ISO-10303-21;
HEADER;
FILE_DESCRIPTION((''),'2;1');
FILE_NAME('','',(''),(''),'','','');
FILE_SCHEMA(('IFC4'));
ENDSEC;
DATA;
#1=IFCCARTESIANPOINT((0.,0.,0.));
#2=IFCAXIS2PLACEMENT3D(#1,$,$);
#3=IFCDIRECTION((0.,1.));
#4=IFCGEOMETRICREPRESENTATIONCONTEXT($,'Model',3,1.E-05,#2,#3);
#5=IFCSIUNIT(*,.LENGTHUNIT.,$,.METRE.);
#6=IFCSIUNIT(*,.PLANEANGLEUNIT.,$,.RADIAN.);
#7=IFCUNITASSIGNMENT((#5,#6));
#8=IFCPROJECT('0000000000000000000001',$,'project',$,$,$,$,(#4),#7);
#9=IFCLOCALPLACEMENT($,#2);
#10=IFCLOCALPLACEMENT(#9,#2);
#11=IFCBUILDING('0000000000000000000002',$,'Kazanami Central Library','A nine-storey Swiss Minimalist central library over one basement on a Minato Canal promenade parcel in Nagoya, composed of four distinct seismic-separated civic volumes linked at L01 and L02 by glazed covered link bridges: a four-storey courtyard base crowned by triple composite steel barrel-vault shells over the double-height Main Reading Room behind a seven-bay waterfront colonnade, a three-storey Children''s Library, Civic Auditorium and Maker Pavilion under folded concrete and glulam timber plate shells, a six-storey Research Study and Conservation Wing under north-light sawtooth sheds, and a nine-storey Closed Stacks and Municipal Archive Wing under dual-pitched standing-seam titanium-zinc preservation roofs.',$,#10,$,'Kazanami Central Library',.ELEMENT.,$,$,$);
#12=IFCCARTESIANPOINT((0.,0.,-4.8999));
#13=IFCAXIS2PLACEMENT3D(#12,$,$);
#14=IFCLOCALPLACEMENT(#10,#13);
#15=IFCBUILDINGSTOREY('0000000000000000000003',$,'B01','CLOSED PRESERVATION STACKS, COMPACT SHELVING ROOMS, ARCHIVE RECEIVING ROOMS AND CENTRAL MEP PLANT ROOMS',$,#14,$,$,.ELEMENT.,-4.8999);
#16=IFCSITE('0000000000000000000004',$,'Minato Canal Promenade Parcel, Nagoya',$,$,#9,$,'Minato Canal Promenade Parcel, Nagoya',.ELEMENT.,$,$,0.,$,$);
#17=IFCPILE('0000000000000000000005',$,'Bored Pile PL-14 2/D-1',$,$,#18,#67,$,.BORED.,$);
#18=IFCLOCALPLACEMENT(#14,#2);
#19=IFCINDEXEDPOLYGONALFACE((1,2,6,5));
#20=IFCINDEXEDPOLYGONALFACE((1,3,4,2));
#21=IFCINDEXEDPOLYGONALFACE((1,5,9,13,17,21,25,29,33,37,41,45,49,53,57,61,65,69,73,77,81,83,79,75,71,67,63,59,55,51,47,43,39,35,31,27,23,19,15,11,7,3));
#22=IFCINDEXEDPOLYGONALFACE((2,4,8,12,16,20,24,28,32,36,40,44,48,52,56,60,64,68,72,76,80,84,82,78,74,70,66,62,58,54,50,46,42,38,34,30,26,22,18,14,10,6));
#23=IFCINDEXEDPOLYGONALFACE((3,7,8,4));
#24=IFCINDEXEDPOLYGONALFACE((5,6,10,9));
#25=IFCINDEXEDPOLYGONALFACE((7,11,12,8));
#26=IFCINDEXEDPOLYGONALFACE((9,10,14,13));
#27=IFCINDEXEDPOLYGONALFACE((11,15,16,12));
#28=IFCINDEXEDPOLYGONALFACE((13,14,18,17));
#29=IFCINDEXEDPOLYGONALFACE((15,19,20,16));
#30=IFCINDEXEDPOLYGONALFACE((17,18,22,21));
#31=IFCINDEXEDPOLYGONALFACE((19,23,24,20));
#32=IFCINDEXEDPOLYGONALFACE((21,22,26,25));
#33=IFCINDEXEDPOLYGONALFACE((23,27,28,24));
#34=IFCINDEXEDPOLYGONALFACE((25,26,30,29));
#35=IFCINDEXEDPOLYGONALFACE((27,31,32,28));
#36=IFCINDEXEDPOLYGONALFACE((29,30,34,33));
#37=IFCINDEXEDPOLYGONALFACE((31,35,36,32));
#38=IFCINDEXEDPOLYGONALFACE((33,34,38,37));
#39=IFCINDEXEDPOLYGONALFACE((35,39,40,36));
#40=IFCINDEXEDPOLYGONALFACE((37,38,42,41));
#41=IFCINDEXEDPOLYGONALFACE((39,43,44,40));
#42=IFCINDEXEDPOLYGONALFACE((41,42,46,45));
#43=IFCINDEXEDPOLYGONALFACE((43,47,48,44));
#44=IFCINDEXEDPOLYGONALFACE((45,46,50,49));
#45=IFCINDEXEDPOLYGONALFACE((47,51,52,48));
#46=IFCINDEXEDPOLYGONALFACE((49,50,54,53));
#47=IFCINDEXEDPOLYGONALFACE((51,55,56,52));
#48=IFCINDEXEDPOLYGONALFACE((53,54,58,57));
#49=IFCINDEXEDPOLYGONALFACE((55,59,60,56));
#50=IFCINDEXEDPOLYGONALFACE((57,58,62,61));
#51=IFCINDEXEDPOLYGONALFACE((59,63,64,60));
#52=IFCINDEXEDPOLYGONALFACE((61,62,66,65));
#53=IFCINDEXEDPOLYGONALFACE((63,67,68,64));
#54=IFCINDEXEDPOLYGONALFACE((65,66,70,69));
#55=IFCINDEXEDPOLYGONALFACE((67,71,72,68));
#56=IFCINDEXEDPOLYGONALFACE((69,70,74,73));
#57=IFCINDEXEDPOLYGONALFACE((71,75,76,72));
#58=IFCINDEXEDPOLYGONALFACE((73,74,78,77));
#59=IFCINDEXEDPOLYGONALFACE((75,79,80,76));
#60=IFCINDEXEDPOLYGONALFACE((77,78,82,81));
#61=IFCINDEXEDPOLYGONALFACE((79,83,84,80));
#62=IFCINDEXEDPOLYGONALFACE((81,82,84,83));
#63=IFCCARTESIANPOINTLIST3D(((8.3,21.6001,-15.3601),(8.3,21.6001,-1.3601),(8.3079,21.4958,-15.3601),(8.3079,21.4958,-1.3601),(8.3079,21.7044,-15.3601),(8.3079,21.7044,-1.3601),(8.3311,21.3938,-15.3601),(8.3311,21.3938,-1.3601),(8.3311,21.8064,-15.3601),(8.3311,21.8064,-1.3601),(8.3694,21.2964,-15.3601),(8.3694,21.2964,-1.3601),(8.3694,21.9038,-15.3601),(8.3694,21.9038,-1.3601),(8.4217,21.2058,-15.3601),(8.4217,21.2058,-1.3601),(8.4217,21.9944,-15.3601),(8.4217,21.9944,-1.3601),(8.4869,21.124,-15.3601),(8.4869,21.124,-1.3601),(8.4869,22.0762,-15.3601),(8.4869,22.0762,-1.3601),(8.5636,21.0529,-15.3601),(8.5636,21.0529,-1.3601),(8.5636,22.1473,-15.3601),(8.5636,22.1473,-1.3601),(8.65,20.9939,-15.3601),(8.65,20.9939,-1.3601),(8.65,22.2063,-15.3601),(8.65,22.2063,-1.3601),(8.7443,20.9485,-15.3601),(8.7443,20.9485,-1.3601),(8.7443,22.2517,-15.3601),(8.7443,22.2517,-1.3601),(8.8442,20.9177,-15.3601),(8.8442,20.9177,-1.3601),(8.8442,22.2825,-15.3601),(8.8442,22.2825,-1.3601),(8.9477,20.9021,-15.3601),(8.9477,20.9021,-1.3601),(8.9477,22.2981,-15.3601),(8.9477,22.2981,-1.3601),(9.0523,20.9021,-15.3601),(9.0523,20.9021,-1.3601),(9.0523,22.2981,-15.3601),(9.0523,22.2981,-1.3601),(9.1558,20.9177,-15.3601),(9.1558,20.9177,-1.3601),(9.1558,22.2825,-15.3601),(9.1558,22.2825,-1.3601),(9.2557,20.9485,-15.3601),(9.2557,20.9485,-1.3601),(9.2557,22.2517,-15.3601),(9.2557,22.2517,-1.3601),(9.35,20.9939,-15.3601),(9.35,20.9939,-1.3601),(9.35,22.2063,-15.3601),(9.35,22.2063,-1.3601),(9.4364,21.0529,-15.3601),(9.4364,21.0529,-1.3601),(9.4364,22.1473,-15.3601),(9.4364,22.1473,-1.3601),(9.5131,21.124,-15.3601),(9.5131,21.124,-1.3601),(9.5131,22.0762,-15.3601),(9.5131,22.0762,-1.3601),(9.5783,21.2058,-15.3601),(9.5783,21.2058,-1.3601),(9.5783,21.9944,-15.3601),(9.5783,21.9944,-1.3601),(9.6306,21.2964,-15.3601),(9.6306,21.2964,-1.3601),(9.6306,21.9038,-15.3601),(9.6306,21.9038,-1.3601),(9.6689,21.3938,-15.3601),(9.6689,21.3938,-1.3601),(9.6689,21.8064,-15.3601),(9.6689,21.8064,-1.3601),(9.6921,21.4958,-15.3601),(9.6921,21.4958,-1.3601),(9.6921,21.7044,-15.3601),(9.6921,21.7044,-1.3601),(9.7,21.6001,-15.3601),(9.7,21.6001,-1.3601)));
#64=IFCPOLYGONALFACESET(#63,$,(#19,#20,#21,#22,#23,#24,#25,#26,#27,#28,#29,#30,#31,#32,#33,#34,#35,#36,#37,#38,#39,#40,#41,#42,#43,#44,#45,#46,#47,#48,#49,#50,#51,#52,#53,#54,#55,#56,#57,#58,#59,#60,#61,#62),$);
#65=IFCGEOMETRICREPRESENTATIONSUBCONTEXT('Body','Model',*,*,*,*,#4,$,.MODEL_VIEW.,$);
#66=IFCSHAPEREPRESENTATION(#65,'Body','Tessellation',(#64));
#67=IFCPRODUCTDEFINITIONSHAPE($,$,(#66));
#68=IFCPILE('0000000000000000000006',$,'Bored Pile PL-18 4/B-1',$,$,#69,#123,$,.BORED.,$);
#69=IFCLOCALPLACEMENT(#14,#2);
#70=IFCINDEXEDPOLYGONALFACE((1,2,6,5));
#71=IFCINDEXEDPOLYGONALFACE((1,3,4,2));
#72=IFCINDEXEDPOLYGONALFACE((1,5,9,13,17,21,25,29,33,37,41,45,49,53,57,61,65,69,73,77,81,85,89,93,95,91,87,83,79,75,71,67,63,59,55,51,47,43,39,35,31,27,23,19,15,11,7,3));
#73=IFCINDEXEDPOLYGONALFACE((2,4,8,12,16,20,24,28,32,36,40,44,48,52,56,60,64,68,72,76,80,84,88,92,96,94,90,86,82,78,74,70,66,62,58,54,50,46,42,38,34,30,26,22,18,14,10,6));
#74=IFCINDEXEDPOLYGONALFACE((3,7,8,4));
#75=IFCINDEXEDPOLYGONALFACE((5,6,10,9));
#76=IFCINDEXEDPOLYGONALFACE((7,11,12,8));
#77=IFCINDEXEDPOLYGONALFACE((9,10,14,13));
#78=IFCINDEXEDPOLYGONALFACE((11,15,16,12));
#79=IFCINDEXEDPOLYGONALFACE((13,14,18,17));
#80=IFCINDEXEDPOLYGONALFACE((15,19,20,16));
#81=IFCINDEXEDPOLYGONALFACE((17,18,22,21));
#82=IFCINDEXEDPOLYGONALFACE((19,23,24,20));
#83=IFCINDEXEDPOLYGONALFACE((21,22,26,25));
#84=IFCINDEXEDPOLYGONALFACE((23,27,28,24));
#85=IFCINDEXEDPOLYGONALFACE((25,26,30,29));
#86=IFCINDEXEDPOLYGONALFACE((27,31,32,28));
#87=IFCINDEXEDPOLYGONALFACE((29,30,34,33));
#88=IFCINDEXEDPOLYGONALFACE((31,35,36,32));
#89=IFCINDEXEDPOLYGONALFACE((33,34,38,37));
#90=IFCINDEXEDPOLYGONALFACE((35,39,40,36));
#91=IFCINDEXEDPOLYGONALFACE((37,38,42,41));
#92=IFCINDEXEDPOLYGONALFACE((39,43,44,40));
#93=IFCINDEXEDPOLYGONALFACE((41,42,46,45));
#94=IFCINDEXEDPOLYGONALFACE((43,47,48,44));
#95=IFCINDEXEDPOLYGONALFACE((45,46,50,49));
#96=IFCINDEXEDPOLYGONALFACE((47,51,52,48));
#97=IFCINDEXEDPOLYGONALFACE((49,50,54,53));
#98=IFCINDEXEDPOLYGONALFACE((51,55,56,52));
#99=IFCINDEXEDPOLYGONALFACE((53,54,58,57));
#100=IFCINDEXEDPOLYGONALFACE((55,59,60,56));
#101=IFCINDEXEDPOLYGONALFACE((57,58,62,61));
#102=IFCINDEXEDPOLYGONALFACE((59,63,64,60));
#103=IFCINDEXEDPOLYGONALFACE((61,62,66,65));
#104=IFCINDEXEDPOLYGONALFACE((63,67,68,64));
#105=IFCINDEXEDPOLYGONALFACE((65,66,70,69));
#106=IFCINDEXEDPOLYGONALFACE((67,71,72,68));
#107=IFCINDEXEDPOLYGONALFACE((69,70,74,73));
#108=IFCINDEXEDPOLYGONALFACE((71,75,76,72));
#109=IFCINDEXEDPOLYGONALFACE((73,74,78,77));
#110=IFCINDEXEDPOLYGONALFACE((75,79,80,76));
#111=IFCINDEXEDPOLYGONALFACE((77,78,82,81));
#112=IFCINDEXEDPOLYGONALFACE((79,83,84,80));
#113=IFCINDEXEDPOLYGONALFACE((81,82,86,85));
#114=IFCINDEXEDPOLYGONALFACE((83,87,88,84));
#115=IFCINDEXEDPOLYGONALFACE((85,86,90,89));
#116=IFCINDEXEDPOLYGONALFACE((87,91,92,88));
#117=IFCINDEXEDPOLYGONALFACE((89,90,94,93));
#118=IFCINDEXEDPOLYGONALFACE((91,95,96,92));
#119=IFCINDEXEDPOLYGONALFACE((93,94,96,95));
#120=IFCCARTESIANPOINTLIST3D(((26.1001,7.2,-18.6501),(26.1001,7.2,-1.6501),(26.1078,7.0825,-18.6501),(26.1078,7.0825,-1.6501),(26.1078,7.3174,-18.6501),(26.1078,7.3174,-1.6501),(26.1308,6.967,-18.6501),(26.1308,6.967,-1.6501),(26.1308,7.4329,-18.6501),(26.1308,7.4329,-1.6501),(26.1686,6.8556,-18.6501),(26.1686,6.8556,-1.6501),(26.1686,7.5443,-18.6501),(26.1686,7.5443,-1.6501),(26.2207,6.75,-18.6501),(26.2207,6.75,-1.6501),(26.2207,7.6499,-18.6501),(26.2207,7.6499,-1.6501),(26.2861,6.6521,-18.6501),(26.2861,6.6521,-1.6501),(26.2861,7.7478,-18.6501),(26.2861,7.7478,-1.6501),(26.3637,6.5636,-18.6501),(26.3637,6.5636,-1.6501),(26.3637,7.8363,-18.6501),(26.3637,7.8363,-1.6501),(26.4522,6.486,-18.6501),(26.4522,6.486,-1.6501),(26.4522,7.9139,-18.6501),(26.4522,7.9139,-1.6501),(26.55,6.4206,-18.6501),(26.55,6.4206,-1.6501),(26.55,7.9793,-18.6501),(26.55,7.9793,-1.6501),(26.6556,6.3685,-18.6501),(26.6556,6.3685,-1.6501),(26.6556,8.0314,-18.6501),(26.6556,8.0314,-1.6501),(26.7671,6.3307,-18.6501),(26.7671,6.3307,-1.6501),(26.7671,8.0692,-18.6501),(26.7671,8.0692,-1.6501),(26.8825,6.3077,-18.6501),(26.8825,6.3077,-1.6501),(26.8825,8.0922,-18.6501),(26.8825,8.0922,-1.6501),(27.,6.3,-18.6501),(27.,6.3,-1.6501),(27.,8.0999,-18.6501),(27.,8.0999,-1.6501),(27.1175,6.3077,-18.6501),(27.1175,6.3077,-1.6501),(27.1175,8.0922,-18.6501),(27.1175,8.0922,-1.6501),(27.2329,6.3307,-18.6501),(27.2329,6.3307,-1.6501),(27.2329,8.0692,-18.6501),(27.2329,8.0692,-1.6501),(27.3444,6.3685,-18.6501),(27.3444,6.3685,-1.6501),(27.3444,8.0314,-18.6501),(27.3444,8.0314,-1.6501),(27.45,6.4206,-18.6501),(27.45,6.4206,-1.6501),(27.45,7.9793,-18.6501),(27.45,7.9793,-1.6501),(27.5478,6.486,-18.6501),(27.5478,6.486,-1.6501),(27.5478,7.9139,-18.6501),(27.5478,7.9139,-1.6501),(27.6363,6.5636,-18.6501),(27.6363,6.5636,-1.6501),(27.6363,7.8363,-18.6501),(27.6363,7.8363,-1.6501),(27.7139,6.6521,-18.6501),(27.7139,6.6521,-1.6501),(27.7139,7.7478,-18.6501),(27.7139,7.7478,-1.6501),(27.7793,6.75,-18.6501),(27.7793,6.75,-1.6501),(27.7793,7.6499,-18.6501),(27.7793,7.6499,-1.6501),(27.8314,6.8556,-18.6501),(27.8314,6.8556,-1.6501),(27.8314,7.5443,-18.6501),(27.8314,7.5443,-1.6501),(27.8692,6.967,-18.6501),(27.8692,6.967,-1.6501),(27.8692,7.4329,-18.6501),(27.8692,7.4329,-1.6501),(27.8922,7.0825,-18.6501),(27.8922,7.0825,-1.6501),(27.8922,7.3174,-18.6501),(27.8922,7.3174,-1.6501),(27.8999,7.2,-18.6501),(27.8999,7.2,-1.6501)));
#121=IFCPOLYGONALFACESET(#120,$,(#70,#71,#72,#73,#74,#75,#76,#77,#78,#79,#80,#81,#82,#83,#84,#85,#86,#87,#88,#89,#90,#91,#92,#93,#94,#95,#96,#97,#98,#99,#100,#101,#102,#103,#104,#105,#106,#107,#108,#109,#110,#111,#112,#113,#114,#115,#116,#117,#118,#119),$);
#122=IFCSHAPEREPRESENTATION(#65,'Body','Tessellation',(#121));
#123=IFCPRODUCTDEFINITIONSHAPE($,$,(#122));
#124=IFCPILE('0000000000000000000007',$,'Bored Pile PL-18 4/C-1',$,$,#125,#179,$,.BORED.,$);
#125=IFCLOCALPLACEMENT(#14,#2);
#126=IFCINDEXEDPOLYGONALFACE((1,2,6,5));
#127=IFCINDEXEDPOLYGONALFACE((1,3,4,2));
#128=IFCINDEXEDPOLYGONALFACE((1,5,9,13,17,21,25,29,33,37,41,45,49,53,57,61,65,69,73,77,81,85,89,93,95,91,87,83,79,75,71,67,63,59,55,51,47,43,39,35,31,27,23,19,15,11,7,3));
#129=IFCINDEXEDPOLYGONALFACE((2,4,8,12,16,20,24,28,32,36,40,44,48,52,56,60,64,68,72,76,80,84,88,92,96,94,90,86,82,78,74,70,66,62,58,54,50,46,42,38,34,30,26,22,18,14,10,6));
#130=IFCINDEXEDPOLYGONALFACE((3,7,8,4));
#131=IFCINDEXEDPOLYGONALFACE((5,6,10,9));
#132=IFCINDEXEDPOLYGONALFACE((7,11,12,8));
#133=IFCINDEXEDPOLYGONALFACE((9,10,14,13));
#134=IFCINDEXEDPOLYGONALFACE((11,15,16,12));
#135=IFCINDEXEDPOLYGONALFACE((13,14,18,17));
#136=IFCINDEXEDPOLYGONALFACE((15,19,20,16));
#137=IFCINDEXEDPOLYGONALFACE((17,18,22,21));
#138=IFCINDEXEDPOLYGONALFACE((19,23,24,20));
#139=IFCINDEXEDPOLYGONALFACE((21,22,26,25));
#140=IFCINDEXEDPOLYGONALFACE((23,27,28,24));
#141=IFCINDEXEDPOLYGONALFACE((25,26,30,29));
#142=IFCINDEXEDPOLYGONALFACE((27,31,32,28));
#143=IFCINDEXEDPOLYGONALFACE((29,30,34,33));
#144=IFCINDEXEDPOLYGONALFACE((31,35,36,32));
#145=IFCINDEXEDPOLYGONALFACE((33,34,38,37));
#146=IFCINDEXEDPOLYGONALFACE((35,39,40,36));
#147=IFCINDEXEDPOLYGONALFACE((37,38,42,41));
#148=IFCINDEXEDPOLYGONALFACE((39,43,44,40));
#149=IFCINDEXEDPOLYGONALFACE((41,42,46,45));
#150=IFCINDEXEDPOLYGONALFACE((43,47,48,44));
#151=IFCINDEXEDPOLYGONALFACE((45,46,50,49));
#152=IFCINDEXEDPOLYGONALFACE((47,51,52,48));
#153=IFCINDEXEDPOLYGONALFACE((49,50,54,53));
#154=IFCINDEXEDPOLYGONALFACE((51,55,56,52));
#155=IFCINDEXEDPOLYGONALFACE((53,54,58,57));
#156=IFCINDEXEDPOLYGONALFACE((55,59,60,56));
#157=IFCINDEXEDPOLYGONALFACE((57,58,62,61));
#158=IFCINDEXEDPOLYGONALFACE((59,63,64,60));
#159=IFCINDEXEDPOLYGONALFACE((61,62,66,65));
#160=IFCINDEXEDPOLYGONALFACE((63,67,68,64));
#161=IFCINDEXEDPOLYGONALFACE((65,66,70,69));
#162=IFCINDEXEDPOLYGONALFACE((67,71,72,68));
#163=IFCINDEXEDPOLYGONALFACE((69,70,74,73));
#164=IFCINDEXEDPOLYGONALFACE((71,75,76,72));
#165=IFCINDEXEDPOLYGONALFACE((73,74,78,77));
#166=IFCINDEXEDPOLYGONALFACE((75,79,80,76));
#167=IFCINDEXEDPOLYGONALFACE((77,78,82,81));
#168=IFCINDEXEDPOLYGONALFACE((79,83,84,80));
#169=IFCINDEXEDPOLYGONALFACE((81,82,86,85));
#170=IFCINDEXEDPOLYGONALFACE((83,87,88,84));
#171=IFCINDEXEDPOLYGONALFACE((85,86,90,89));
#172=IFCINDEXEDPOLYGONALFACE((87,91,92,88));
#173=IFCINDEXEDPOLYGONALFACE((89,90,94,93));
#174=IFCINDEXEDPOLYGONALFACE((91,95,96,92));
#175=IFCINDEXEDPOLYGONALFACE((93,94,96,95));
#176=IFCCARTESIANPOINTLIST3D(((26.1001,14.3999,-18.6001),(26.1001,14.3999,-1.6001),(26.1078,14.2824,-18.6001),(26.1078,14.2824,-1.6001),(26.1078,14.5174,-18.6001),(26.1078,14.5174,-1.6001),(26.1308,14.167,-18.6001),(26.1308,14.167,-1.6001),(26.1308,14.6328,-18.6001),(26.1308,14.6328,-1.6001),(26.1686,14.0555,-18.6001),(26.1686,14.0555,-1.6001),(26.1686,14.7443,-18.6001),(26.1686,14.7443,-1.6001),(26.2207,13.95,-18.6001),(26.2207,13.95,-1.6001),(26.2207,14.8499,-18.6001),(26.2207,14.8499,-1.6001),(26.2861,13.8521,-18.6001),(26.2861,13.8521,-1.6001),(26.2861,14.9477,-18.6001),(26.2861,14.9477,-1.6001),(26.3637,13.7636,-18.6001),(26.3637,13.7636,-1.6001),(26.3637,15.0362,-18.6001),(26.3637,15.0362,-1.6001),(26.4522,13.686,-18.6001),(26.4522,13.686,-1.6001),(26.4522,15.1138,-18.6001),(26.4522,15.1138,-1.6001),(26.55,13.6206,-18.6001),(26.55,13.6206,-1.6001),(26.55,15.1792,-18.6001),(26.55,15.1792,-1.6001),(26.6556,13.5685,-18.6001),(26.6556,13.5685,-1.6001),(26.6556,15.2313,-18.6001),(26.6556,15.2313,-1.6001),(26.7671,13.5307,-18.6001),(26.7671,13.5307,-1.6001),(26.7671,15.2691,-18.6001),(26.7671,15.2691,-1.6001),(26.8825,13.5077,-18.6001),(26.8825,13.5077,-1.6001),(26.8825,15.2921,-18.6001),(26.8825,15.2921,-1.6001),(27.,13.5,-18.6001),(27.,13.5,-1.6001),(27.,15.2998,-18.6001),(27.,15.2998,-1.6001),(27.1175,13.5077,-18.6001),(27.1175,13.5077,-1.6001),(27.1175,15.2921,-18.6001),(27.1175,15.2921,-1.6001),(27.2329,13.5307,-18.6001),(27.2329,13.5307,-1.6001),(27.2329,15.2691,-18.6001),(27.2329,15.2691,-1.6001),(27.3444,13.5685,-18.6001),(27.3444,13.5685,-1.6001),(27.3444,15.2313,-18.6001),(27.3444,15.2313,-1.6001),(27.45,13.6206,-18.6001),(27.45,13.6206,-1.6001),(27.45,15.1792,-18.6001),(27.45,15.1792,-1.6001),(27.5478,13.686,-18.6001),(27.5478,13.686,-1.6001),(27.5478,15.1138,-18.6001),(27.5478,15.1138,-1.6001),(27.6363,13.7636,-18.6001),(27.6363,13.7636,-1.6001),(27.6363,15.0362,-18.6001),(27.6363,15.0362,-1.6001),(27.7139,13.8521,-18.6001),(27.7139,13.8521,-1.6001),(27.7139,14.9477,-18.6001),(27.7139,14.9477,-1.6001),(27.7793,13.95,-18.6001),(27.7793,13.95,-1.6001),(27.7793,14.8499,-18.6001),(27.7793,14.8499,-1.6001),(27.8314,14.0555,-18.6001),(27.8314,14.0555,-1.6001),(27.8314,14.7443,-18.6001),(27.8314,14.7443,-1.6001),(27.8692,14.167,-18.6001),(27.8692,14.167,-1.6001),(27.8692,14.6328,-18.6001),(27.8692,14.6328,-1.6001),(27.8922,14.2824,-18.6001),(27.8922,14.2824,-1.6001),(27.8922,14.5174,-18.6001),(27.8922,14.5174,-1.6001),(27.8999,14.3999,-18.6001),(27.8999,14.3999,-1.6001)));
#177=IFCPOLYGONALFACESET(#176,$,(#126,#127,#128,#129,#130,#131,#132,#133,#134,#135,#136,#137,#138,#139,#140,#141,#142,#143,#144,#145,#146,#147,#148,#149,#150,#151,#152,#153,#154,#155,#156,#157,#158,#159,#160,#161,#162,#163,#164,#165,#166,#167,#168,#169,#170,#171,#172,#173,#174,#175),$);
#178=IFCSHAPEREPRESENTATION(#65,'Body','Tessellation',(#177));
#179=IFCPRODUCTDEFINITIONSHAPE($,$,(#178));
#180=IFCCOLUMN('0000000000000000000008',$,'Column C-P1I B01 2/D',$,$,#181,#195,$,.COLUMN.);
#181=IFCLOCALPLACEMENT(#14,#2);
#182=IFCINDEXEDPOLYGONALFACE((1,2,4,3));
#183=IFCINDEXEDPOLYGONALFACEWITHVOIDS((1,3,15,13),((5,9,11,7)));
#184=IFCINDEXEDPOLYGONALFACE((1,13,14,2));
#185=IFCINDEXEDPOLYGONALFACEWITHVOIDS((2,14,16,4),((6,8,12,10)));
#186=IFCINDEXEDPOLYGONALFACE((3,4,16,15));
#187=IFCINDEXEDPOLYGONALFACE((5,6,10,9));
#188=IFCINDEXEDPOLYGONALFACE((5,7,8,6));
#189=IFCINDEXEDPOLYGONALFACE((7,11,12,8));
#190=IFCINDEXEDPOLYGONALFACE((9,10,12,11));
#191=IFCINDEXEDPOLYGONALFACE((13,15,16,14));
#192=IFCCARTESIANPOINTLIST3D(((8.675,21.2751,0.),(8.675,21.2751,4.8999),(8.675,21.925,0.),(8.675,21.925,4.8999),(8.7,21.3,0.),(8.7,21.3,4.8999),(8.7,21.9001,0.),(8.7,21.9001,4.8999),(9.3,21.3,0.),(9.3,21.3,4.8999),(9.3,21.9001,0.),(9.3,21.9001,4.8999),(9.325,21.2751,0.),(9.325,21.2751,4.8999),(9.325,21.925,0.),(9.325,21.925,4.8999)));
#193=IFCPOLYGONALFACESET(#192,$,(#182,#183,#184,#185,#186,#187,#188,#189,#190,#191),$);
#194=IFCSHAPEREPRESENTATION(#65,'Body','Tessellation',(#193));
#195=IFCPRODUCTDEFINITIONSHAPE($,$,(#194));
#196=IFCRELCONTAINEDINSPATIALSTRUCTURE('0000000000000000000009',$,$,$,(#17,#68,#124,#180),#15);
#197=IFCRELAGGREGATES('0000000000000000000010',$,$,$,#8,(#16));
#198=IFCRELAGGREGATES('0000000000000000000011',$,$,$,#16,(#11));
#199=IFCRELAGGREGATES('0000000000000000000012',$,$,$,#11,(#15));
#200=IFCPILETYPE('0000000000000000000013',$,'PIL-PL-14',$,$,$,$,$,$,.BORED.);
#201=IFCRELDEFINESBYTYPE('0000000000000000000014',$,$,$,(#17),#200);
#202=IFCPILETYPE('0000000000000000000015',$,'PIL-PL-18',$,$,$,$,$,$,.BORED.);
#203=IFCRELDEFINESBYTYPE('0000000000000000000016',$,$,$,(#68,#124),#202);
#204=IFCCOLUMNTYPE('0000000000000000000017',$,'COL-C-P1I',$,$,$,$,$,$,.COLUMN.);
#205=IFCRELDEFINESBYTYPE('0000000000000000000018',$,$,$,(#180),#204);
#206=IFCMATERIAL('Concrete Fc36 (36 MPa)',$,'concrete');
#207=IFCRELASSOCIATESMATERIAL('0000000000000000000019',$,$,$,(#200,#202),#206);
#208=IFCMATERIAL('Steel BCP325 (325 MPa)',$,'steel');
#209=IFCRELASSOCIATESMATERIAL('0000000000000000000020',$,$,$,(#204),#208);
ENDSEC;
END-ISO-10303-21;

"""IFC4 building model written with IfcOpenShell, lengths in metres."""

from ifc_helpers import new_model, si_unit, direction, frame, origin, origin_2d, place, context, subcontext, project, spatial, hollow_rectangle, circle, extrude, material, material_profile, profile_set, type_object, element, save


model = new_model("IFC4")

# Units and contexts
model_context = context("Model", 3, precision=1e-05, world=origin(), true_north=direction((0.0, 1.0)))
body_context = subcontext(model_context, "Body", "Model", "MODEL_VIEW")
ifc_project = project(units=[si_unit("LENGTHUNIT", "METRE"), si_unit("PLANEANGLEUNIT", "RADIAN")], contexts=[model_context])

# Site, building, storey
site_placement = place(None, origin())
site = spatial("IfcSite", under=ifc_project, at=site_placement, Name="Minato Canal Promenade Parcel, Nagoya", LongName="Minato Canal Promenade Parcel, Nagoya", CompositionType="ELEMENT", RefElevation=0.0)
building_placement = place(site_placement, origin())
building = spatial("IfcBuilding", under=site, at=building_placement, Name="Kazanami Central Library", Description="A nine-storey Swiss Minimalist central library over one basement on a Minato Canal promenade parcel in Nagoya, composed of four distinct seismic-separated civic volumes linked at L01 and L02 by glazed covered link bridges: a four-storey courtyard base crowned by triple composite steel barrel-vault shells over the double-height Main Reading Room behind a seven-bay waterfront colonnade, a three-storey Children's Library, Civic Auditorium and Maker Pavilion under folded concrete and glulam timber plate shells, a six-storey Research Study and Conservation Wing under north-light sawtooth sheds, and a nine-storey Closed Stacks and Municipal Archive Wing under dual-pitched standing-seam titanium-zinc preservation roofs.", LongName="Kazanami Central Library", CompositionType="ELEMENT")
storey_placement = place(building_placement, frame((0.0, 0.0, -4.8999)))
storey = spatial("IfcBuildingStorey", under=building, at=storey_placement, Name="B01", Description="CLOSED PRESERVATION STACKS, COMPACT SHELVING ROOMS, ARCHIVE RECEIVING ROOMS AND CENTRAL MEP PLANT ROOMS", CompositionType="ELEMENT", Elevation=-4.8999)

# Shared definitions
ifc_material_1 = material(Name="Concrete Fc36 (36 MPa)", Category="concrete")

# Piles
ifc_material_profile_1 = material_profile(ifc_material_1, circle(Radius=0.7, at=origin_2d()), Name="BORED-D1400")
ifc_profile_set_1 = profile_set([ifc_material_profile_1], Name="Concrete Fc36 (36 MPa)")
pile_type_1 = type_object("IfcPileType", Name="PIL-PL-14", PredefinedType="BORED", material=ifc_profile_set_1)
pile_1_placement = place(storey_placement, frame((9.0, 21.6001, -1.3601), z_axis=(0.0, 0.0, -1.0), x_axis=(1.0, 0.0, 0.0)))
element("IfcPile", 1, at=pile_1_placement, inside=storey, type_object=pile_type_1, Name="Bored Pile PL-14 2/D-1", PredefinedType="BORED", context=body_context, shape_type="SweptSolid", body=[
    extrude(circle(Radius=0.7, at=origin_2d()), origin(), (0.0, 0.0, 1.0), 14.0),
])
ifc_material_profile_2 = material_profile(ifc_material_1, circle(Radius=0.8999, at=origin_2d()), Name="BORED-D1800")
ifc_profile_set_2 = profile_set([ifc_material_profile_2], Name="Concrete Fc36 (36 MPa)")
pile_type_2 = type_object("IfcPileType", Name="PIL-PL-18", PredefinedType="BORED", material=ifc_profile_set_2)
for number, where, z_axis, x_axis, name in (
    (2, (27.0, 7.2, -1.6501), (0.0, 0.0, -1.0), (1.0, 0.0, 0.0), "Bored Pile PL-18 4/B-1"),
    (3, (27.0, 14.3999, -1.6001), (0.0, 0.0, -1.0), (1.0, 0.0, 0.0), "Bored Pile PL-18 4/C-1"),
):
    element("IfcPile", number, at=place(storey_placement, frame(where, z_axis=z_axis, x_axis=x_axis)), inside=storey, type_object=pile_type_2, Name=name, PredefinedType="BORED", context=body_context, shape_type="SweptSolid", body=[
        extrude(circle(Radius=0.8999, at=origin_2d()), origin(), (0.0, 0.0, 1.0), 17.0),
    ])

# Column
ifc_material_2 = material(Name="Steel BCP325 (325 MPa)", Category="steel")
ifc_material_profile_3 = material_profile(ifc_material_2, hollow_rectangle(XDim=0.6499, YDim=0.6499, WallThickness=0.0249, at=origin_2d()), Name="BCP-650x650x25")
ifc_profile_set_3 = profile_set([ifc_material_profile_3], Name="Steel BCP325 (325 MPa)")
column_type = type_object("IfcColumnType", Name="COL-C-P1I", PredefinedType="COLUMN", material=ifc_profile_set_3)
for number, where, z_axis, x_axis, name in (
    (4, (9.0, 21.6001, 0.0), (0.0, 0.0, 1.0), (1.0, 0.0, 0.0), "Column C-P1I B01 2/D"),
):
    element("IfcColumn", number, at=place(storey_placement, frame(where, z_axis=z_axis, x_axis=x_axis)), inside=storey, type_object=column_type, Name=name, PredefinedType="COLUMN", context=body_context, shape_type="SweptSolid", body=[
        extrude(hollow_rectangle(XDim=0.6499, YDim=0.6499, WallThickness=0.0249, at=origin_2d()), origin(), (0.0, 0.0, 1.0), 4.8999),
    ])

save(model, "model.ifc")
